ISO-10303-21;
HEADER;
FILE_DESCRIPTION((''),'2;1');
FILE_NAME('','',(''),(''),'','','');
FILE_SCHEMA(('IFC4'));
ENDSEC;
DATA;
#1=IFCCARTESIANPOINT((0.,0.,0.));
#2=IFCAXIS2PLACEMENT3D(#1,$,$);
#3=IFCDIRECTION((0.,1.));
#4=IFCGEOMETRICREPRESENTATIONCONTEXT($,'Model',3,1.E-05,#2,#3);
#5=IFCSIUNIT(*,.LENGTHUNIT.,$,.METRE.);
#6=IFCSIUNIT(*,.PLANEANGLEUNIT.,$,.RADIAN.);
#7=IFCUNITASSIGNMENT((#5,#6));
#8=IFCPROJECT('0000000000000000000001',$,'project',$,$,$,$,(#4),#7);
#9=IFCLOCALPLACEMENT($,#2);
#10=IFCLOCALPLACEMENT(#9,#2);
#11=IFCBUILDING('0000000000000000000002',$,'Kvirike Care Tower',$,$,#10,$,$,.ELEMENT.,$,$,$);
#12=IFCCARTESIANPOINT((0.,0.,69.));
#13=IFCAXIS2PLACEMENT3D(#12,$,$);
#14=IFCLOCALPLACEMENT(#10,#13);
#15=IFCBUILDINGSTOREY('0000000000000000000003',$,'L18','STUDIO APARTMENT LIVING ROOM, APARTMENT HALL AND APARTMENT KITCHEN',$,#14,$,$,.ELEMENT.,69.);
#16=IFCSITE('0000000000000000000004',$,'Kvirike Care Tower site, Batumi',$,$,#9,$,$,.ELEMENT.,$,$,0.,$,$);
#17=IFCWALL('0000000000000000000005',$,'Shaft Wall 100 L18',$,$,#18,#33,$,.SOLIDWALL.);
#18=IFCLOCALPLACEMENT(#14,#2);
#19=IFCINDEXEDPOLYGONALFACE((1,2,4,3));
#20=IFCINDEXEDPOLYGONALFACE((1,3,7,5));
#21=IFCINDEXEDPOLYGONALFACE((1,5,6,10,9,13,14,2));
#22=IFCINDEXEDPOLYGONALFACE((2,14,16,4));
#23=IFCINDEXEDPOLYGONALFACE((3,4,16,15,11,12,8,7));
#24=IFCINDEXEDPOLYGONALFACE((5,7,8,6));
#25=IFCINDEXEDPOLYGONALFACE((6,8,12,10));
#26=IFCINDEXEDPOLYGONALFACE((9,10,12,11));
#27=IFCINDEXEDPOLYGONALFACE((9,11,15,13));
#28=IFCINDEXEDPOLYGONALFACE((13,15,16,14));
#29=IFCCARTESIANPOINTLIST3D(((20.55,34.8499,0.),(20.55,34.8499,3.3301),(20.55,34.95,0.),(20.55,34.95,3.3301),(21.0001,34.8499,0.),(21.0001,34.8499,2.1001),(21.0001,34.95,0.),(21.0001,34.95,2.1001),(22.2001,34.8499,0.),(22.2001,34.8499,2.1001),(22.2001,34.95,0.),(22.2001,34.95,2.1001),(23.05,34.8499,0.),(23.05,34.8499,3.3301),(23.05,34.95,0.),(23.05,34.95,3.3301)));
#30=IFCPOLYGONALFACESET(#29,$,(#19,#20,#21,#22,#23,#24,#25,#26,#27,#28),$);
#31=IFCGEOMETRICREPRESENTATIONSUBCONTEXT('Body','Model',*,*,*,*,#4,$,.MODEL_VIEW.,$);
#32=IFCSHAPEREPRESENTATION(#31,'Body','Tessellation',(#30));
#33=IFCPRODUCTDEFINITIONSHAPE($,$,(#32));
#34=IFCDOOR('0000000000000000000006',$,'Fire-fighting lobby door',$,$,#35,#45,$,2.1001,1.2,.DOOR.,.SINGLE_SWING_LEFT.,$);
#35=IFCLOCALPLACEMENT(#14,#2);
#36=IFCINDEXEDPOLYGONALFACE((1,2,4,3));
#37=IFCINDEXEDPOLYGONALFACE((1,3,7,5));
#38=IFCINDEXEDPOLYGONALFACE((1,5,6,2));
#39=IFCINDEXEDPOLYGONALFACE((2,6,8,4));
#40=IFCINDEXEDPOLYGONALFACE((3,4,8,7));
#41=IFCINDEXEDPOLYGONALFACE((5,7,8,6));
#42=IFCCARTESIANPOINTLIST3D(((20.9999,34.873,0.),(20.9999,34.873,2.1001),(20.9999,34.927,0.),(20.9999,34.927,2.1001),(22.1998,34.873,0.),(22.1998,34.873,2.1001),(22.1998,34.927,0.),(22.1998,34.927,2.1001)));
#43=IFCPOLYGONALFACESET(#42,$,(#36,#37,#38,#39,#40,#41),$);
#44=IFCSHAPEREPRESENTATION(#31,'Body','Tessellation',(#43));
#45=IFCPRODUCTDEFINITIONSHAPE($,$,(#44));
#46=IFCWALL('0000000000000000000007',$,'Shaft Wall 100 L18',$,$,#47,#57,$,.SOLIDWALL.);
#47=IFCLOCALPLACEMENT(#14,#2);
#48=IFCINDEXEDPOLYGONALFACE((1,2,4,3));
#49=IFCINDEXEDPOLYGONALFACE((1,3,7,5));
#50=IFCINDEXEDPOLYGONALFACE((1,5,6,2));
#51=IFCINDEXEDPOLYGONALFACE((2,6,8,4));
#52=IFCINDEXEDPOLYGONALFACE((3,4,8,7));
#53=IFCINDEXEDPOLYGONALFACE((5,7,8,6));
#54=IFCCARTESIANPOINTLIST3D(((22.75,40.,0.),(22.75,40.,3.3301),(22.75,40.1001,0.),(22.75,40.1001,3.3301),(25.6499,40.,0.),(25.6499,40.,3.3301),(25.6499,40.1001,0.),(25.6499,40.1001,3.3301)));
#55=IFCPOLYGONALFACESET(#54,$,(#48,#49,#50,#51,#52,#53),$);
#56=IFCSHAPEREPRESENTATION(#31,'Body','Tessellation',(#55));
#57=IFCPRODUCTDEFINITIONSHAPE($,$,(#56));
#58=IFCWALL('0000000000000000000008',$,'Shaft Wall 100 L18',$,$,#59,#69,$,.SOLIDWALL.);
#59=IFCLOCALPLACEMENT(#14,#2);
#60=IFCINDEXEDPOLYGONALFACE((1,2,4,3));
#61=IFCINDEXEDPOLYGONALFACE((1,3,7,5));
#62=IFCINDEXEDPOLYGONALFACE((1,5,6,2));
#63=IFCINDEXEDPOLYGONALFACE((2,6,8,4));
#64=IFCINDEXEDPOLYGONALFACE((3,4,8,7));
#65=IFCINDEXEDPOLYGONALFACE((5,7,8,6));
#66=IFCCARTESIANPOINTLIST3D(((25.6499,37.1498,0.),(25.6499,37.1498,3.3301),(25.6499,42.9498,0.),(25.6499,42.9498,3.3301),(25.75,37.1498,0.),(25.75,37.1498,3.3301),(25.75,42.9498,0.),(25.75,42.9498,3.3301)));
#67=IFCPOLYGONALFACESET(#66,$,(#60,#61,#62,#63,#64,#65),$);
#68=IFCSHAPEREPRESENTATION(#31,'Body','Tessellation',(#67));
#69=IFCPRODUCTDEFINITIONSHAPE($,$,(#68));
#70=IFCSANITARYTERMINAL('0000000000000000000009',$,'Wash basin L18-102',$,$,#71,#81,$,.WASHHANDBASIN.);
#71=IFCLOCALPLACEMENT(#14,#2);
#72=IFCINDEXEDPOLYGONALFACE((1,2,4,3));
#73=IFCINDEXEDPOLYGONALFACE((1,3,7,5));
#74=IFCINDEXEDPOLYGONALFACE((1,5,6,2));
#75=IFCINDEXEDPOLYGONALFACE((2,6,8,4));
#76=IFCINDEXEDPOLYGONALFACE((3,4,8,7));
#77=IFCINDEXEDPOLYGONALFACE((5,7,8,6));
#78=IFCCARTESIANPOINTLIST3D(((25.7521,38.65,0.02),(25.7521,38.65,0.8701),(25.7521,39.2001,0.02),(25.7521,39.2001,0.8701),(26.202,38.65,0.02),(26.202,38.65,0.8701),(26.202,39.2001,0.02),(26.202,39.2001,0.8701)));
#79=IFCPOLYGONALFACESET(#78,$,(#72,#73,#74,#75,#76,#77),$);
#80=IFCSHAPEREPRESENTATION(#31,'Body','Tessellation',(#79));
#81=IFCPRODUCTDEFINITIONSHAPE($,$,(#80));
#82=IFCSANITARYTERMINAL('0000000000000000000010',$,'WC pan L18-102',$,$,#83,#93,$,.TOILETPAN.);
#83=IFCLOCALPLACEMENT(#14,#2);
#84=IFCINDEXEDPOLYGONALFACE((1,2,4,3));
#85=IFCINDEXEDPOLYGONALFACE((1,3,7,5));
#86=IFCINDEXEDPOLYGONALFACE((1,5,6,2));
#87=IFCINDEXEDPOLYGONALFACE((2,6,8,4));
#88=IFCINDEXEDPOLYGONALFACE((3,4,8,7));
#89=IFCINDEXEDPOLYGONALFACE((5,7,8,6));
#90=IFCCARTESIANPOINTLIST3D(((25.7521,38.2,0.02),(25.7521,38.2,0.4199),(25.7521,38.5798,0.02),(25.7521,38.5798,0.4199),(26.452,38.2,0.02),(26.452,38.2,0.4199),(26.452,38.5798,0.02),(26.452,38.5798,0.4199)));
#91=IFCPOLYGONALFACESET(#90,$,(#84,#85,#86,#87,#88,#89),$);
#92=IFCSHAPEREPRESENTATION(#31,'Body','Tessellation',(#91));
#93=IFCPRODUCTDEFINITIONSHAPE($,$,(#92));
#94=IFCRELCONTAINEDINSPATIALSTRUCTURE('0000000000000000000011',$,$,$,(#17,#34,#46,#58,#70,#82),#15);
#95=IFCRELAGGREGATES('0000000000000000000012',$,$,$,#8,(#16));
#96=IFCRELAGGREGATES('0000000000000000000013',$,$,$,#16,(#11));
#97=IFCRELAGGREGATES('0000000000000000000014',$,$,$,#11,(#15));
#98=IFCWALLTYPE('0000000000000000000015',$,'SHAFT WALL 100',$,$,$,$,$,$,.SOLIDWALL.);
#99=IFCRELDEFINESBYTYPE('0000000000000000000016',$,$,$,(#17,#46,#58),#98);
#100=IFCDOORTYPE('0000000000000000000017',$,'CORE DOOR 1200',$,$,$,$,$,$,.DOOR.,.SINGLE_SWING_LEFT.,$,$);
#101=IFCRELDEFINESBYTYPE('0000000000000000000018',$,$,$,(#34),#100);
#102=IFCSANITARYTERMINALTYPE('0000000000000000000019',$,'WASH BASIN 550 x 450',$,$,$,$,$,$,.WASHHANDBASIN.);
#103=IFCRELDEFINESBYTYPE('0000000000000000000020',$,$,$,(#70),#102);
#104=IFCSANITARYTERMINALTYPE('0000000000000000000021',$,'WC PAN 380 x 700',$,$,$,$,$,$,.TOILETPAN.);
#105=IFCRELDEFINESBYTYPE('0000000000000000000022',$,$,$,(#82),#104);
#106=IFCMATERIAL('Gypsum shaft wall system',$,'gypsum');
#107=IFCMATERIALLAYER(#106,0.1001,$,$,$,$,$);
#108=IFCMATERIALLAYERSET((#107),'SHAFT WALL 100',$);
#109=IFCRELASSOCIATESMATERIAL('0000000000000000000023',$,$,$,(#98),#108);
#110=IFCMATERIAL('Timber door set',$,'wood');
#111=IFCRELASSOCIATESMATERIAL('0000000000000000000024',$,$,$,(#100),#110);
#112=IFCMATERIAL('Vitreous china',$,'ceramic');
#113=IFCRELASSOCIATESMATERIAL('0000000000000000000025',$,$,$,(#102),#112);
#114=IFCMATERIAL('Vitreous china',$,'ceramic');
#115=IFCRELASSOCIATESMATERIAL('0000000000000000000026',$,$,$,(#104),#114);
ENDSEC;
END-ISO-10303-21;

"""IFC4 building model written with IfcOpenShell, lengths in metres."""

from ifc_helpers import new_model, si_unit, direction, frame, frame_2d, origin, origin_2d, place, context, subcontext, project, spatial, rectangle, extrude, material, layer, layer_set, type_object, element, fill, save


model = new_model("IFC4")

# Units and contexts
model_context = context("Model", 3, precision=1e-05, world=origin(), true_north=direction((0.0, 1.0)))
body_context = subcontext(model_context, "Body", "Model", "MODEL_VIEW")
ifc_project = project(units=[si_unit("LENGTHUNIT", "METRE"), si_unit("PLANEANGLEUNIT", "RADIAN")], contexts=[model_context])

# Site, building, storey
site_placement = place(None, origin())
site = spatial("IfcSite", under=ifc_project, at=site_placement, Name="Kvirike Care Tower site, Batumi", CompositionType="ELEMENT", RefElevation=0.0)
building_placement = place(site_placement, origin())
building = spatial("IfcBuilding", under=site, at=building_placement, Name="Kvirike Care Tower", CompositionType="ELEMENT")
storey_placement = place(building_placement, frame((0.0, 0.0, 69.0)))
storey = spatial("IfcBuildingStorey", under=building, at=storey_placement, Name="L18", Description="STUDIO APARTMENT LIVING ROOM, APARTMENT HALL AND APARTMENT KITCHEN", CompositionType="ELEMENT", Elevation=69.0)

# Shared definitions
ifc_material_1 = material(Name="Gypsum shaft wall system", Category="gypsum")
ifc_layer = layer(ifc_material_1, 0.1001)
ifc_layer_set = layer_set([ifc_layer], Name="SHAFT WALL 100")
wall_type = type_object("IfcWallType", Name="SHAFT WALL 100", PredefinedType="SOLIDWALL", material=ifc_layer_set)

# Wall, opening, door
wall_1_placement = place(storey_placement, frame((20.55, 34.8999, 0.0), z_axis=(0.0, 0.0, 1.0), x_axis=(1.0, 0.0, 0.0)))
wall_1 = element("IfcWall", 1, at=wall_1_placement, inside=storey, type_object=wall_type, Name="Shaft Wall 100 L18", PredefinedType="SOLIDWALL", context=body_context, shape_type="SweptSolid", body=[
    extrude(rectangle(XDim=2.5, YDim=0.1001, at=frame_2d((1.25, 0.0))), origin(), (0.0, 0.0, 1.0), 3.3301),
])
opening_1_placement = place(wall_1_placement, frame((0.45, 0.0, 0.0)))
opening_1 = element("IfcOpeningElement", 2, at=opening_1_placement, cuts=wall_1, PredefinedType="OPENING", context=body_context, shape_type="SweptSolid", body=[
    extrude(rectangle(XDim=1.2, YDim=2.1001, at=frame_2d((0.6001, 1.05))), frame((0.0, 0.0605, 0.0), z_axis=(0.0, -1.0, 0.0), x_axis=(1.0, 0.0, 0.0)), (0.0, 0.0, 1.0), 0.1211),
])
ifc_material_2 = material(Name="Timber door set", Category="wood")
door_type_1 = type_object("IfcDoorType", Name="CORE DOOR 1200", OperationType="SINGLE_SWING_LEFT", PredefinedType="DOOR", material=ifc_material_2)
door_1_placement = place(opening_1_placement, frame((1.2, 0.0, 0.0), z_axis=(0.0, 0.0, 1.0), x_axis=(-1.0, 0.0, 0.0)))
door_1 = element("IfcDoor", 3, at=door_1_placement, inside=storey, type_object=door_type_1, Name="Fire-fighting lobby door", OperationType="SINGLE_SWING_LEFT", OverallHeight=2.1001, OverallWidth=1.2, PredefinedType="DOOR", context=body_context, shape_type="SweptSolid", body=[
    extrude(rectangle(XDim=1.2, YDim=2.1001, at=frame_2d((0.6001, 1.05))), frame((0.0, 0.0269, 0.0), z_axis=(0.0, -1.0, 0.0), x_axis=(1.0, 0.0, 0.0)), (0.0, 0.0, 1.0), 0.054),
])
fill(opening_1, door_1)

# Walls
wall_2_placement = place(storey_placement, frame((22.75, 40.05, 0.0), z_axis=(0.0, 0.0, 1.0), x_axis=(1.0, 0.0, 0.0)))
element("IfcWall", 4, at=wall_2_placement, inside=storey, type_object=wall_type, Name="Shaft Wall 100 L18", PredefinedType="SOLIDWALL", context=body_context, shape_type="SweptSolid", body=[
    extrude(rectangle(XDim=2.8999, YDim=0.1001, at=frame_2d((1.45, 0.0))), origin(), (0.0, 0.0, 1.0), 3.3301),
])
wall_3_placement = place(storey_placement, frame((25.7, 37.1499, 0.0), z_axis=(0.0, 0.0, 1.0), x_axis=(0.0, 1.0, 0.0)))
element("IfcWall", 5, at=wall_3_placement, inside=storey, type_object=wall_type, Name="Shaft Wall 100 L18", PredefinedType="SOLIDWALL", context=body_context, shape_type="SweptSolid", body=[
    extrude(rectangle(XDim=5.8, YDim=0.1001, at=frame_2d((2.8999, 0.0))), origin(), (0.0, 0.0, 1.0), 3.3301),
])

# Sanitary terminals
ifc_material_3 = material(Name="Vitreous china", Category="ceramic")
sanitary_terminal_type_1 = type_object("IfcSanitaryTerminalType", Name="WASH BASIN 550 x 450", PredefinedType="WASHHANDBASIN", material=ifc_material_3)
sanitary_terminal_1_placement = place(storey_placement, frame((25.9771, 38.925, 0.02), z_axis=(0.0, 0.0, 1.0), x_axis=(0.0, 1.0, 0.0)))
element("IfcSanitaryTerminal", 6, at=sanitary_terminal_1_placement, inside=storey, type_object=sanitary_terminal_type_1, Name="Wash basin L18-102", PredefinedType="WASHHANDBASIN", context=body_context, shape_type="SweptSolid", body=[
    extrude(rectangle(XDim=0.55, YDim=0.45, at=origin_2d()), origin(), (0.0, 0.0, 1.0), 0.8501),
])
ifc_material_4 = material(Name="Vitreous china", Category="ceramic")
sanitary_terminal_type_2 = type_object("IfcSanitaryTerminalType", Name="WC PAN 380 x 700", PredefinedType="TOILETPAN", material=ifc_material_4)
sanitary_terminal_2_placement = place(storey_placement, frame((26.1021, 38.3899, 0.02), z_axis=(0.0, 0.0, 1.0), x_axis=(0.0, 1.0, 0.0)))
element("IfcSanitaryTerminal", 7, at=sanitary_terminal_2_placement, inside=storey, type_object=sanitary_terminal_type_2, Name="WC pan L18-102", PredefinedType="TOILETPAN", context=body_context, shape_type="SweptSolid", body=[
    extrude(rectangle(XDim=0.3799, YDim=0.7, at=origin_2d()), origin(), (0.0, 0.0, 1.0), 0.3999),
])

save(model, "model.ifc")
